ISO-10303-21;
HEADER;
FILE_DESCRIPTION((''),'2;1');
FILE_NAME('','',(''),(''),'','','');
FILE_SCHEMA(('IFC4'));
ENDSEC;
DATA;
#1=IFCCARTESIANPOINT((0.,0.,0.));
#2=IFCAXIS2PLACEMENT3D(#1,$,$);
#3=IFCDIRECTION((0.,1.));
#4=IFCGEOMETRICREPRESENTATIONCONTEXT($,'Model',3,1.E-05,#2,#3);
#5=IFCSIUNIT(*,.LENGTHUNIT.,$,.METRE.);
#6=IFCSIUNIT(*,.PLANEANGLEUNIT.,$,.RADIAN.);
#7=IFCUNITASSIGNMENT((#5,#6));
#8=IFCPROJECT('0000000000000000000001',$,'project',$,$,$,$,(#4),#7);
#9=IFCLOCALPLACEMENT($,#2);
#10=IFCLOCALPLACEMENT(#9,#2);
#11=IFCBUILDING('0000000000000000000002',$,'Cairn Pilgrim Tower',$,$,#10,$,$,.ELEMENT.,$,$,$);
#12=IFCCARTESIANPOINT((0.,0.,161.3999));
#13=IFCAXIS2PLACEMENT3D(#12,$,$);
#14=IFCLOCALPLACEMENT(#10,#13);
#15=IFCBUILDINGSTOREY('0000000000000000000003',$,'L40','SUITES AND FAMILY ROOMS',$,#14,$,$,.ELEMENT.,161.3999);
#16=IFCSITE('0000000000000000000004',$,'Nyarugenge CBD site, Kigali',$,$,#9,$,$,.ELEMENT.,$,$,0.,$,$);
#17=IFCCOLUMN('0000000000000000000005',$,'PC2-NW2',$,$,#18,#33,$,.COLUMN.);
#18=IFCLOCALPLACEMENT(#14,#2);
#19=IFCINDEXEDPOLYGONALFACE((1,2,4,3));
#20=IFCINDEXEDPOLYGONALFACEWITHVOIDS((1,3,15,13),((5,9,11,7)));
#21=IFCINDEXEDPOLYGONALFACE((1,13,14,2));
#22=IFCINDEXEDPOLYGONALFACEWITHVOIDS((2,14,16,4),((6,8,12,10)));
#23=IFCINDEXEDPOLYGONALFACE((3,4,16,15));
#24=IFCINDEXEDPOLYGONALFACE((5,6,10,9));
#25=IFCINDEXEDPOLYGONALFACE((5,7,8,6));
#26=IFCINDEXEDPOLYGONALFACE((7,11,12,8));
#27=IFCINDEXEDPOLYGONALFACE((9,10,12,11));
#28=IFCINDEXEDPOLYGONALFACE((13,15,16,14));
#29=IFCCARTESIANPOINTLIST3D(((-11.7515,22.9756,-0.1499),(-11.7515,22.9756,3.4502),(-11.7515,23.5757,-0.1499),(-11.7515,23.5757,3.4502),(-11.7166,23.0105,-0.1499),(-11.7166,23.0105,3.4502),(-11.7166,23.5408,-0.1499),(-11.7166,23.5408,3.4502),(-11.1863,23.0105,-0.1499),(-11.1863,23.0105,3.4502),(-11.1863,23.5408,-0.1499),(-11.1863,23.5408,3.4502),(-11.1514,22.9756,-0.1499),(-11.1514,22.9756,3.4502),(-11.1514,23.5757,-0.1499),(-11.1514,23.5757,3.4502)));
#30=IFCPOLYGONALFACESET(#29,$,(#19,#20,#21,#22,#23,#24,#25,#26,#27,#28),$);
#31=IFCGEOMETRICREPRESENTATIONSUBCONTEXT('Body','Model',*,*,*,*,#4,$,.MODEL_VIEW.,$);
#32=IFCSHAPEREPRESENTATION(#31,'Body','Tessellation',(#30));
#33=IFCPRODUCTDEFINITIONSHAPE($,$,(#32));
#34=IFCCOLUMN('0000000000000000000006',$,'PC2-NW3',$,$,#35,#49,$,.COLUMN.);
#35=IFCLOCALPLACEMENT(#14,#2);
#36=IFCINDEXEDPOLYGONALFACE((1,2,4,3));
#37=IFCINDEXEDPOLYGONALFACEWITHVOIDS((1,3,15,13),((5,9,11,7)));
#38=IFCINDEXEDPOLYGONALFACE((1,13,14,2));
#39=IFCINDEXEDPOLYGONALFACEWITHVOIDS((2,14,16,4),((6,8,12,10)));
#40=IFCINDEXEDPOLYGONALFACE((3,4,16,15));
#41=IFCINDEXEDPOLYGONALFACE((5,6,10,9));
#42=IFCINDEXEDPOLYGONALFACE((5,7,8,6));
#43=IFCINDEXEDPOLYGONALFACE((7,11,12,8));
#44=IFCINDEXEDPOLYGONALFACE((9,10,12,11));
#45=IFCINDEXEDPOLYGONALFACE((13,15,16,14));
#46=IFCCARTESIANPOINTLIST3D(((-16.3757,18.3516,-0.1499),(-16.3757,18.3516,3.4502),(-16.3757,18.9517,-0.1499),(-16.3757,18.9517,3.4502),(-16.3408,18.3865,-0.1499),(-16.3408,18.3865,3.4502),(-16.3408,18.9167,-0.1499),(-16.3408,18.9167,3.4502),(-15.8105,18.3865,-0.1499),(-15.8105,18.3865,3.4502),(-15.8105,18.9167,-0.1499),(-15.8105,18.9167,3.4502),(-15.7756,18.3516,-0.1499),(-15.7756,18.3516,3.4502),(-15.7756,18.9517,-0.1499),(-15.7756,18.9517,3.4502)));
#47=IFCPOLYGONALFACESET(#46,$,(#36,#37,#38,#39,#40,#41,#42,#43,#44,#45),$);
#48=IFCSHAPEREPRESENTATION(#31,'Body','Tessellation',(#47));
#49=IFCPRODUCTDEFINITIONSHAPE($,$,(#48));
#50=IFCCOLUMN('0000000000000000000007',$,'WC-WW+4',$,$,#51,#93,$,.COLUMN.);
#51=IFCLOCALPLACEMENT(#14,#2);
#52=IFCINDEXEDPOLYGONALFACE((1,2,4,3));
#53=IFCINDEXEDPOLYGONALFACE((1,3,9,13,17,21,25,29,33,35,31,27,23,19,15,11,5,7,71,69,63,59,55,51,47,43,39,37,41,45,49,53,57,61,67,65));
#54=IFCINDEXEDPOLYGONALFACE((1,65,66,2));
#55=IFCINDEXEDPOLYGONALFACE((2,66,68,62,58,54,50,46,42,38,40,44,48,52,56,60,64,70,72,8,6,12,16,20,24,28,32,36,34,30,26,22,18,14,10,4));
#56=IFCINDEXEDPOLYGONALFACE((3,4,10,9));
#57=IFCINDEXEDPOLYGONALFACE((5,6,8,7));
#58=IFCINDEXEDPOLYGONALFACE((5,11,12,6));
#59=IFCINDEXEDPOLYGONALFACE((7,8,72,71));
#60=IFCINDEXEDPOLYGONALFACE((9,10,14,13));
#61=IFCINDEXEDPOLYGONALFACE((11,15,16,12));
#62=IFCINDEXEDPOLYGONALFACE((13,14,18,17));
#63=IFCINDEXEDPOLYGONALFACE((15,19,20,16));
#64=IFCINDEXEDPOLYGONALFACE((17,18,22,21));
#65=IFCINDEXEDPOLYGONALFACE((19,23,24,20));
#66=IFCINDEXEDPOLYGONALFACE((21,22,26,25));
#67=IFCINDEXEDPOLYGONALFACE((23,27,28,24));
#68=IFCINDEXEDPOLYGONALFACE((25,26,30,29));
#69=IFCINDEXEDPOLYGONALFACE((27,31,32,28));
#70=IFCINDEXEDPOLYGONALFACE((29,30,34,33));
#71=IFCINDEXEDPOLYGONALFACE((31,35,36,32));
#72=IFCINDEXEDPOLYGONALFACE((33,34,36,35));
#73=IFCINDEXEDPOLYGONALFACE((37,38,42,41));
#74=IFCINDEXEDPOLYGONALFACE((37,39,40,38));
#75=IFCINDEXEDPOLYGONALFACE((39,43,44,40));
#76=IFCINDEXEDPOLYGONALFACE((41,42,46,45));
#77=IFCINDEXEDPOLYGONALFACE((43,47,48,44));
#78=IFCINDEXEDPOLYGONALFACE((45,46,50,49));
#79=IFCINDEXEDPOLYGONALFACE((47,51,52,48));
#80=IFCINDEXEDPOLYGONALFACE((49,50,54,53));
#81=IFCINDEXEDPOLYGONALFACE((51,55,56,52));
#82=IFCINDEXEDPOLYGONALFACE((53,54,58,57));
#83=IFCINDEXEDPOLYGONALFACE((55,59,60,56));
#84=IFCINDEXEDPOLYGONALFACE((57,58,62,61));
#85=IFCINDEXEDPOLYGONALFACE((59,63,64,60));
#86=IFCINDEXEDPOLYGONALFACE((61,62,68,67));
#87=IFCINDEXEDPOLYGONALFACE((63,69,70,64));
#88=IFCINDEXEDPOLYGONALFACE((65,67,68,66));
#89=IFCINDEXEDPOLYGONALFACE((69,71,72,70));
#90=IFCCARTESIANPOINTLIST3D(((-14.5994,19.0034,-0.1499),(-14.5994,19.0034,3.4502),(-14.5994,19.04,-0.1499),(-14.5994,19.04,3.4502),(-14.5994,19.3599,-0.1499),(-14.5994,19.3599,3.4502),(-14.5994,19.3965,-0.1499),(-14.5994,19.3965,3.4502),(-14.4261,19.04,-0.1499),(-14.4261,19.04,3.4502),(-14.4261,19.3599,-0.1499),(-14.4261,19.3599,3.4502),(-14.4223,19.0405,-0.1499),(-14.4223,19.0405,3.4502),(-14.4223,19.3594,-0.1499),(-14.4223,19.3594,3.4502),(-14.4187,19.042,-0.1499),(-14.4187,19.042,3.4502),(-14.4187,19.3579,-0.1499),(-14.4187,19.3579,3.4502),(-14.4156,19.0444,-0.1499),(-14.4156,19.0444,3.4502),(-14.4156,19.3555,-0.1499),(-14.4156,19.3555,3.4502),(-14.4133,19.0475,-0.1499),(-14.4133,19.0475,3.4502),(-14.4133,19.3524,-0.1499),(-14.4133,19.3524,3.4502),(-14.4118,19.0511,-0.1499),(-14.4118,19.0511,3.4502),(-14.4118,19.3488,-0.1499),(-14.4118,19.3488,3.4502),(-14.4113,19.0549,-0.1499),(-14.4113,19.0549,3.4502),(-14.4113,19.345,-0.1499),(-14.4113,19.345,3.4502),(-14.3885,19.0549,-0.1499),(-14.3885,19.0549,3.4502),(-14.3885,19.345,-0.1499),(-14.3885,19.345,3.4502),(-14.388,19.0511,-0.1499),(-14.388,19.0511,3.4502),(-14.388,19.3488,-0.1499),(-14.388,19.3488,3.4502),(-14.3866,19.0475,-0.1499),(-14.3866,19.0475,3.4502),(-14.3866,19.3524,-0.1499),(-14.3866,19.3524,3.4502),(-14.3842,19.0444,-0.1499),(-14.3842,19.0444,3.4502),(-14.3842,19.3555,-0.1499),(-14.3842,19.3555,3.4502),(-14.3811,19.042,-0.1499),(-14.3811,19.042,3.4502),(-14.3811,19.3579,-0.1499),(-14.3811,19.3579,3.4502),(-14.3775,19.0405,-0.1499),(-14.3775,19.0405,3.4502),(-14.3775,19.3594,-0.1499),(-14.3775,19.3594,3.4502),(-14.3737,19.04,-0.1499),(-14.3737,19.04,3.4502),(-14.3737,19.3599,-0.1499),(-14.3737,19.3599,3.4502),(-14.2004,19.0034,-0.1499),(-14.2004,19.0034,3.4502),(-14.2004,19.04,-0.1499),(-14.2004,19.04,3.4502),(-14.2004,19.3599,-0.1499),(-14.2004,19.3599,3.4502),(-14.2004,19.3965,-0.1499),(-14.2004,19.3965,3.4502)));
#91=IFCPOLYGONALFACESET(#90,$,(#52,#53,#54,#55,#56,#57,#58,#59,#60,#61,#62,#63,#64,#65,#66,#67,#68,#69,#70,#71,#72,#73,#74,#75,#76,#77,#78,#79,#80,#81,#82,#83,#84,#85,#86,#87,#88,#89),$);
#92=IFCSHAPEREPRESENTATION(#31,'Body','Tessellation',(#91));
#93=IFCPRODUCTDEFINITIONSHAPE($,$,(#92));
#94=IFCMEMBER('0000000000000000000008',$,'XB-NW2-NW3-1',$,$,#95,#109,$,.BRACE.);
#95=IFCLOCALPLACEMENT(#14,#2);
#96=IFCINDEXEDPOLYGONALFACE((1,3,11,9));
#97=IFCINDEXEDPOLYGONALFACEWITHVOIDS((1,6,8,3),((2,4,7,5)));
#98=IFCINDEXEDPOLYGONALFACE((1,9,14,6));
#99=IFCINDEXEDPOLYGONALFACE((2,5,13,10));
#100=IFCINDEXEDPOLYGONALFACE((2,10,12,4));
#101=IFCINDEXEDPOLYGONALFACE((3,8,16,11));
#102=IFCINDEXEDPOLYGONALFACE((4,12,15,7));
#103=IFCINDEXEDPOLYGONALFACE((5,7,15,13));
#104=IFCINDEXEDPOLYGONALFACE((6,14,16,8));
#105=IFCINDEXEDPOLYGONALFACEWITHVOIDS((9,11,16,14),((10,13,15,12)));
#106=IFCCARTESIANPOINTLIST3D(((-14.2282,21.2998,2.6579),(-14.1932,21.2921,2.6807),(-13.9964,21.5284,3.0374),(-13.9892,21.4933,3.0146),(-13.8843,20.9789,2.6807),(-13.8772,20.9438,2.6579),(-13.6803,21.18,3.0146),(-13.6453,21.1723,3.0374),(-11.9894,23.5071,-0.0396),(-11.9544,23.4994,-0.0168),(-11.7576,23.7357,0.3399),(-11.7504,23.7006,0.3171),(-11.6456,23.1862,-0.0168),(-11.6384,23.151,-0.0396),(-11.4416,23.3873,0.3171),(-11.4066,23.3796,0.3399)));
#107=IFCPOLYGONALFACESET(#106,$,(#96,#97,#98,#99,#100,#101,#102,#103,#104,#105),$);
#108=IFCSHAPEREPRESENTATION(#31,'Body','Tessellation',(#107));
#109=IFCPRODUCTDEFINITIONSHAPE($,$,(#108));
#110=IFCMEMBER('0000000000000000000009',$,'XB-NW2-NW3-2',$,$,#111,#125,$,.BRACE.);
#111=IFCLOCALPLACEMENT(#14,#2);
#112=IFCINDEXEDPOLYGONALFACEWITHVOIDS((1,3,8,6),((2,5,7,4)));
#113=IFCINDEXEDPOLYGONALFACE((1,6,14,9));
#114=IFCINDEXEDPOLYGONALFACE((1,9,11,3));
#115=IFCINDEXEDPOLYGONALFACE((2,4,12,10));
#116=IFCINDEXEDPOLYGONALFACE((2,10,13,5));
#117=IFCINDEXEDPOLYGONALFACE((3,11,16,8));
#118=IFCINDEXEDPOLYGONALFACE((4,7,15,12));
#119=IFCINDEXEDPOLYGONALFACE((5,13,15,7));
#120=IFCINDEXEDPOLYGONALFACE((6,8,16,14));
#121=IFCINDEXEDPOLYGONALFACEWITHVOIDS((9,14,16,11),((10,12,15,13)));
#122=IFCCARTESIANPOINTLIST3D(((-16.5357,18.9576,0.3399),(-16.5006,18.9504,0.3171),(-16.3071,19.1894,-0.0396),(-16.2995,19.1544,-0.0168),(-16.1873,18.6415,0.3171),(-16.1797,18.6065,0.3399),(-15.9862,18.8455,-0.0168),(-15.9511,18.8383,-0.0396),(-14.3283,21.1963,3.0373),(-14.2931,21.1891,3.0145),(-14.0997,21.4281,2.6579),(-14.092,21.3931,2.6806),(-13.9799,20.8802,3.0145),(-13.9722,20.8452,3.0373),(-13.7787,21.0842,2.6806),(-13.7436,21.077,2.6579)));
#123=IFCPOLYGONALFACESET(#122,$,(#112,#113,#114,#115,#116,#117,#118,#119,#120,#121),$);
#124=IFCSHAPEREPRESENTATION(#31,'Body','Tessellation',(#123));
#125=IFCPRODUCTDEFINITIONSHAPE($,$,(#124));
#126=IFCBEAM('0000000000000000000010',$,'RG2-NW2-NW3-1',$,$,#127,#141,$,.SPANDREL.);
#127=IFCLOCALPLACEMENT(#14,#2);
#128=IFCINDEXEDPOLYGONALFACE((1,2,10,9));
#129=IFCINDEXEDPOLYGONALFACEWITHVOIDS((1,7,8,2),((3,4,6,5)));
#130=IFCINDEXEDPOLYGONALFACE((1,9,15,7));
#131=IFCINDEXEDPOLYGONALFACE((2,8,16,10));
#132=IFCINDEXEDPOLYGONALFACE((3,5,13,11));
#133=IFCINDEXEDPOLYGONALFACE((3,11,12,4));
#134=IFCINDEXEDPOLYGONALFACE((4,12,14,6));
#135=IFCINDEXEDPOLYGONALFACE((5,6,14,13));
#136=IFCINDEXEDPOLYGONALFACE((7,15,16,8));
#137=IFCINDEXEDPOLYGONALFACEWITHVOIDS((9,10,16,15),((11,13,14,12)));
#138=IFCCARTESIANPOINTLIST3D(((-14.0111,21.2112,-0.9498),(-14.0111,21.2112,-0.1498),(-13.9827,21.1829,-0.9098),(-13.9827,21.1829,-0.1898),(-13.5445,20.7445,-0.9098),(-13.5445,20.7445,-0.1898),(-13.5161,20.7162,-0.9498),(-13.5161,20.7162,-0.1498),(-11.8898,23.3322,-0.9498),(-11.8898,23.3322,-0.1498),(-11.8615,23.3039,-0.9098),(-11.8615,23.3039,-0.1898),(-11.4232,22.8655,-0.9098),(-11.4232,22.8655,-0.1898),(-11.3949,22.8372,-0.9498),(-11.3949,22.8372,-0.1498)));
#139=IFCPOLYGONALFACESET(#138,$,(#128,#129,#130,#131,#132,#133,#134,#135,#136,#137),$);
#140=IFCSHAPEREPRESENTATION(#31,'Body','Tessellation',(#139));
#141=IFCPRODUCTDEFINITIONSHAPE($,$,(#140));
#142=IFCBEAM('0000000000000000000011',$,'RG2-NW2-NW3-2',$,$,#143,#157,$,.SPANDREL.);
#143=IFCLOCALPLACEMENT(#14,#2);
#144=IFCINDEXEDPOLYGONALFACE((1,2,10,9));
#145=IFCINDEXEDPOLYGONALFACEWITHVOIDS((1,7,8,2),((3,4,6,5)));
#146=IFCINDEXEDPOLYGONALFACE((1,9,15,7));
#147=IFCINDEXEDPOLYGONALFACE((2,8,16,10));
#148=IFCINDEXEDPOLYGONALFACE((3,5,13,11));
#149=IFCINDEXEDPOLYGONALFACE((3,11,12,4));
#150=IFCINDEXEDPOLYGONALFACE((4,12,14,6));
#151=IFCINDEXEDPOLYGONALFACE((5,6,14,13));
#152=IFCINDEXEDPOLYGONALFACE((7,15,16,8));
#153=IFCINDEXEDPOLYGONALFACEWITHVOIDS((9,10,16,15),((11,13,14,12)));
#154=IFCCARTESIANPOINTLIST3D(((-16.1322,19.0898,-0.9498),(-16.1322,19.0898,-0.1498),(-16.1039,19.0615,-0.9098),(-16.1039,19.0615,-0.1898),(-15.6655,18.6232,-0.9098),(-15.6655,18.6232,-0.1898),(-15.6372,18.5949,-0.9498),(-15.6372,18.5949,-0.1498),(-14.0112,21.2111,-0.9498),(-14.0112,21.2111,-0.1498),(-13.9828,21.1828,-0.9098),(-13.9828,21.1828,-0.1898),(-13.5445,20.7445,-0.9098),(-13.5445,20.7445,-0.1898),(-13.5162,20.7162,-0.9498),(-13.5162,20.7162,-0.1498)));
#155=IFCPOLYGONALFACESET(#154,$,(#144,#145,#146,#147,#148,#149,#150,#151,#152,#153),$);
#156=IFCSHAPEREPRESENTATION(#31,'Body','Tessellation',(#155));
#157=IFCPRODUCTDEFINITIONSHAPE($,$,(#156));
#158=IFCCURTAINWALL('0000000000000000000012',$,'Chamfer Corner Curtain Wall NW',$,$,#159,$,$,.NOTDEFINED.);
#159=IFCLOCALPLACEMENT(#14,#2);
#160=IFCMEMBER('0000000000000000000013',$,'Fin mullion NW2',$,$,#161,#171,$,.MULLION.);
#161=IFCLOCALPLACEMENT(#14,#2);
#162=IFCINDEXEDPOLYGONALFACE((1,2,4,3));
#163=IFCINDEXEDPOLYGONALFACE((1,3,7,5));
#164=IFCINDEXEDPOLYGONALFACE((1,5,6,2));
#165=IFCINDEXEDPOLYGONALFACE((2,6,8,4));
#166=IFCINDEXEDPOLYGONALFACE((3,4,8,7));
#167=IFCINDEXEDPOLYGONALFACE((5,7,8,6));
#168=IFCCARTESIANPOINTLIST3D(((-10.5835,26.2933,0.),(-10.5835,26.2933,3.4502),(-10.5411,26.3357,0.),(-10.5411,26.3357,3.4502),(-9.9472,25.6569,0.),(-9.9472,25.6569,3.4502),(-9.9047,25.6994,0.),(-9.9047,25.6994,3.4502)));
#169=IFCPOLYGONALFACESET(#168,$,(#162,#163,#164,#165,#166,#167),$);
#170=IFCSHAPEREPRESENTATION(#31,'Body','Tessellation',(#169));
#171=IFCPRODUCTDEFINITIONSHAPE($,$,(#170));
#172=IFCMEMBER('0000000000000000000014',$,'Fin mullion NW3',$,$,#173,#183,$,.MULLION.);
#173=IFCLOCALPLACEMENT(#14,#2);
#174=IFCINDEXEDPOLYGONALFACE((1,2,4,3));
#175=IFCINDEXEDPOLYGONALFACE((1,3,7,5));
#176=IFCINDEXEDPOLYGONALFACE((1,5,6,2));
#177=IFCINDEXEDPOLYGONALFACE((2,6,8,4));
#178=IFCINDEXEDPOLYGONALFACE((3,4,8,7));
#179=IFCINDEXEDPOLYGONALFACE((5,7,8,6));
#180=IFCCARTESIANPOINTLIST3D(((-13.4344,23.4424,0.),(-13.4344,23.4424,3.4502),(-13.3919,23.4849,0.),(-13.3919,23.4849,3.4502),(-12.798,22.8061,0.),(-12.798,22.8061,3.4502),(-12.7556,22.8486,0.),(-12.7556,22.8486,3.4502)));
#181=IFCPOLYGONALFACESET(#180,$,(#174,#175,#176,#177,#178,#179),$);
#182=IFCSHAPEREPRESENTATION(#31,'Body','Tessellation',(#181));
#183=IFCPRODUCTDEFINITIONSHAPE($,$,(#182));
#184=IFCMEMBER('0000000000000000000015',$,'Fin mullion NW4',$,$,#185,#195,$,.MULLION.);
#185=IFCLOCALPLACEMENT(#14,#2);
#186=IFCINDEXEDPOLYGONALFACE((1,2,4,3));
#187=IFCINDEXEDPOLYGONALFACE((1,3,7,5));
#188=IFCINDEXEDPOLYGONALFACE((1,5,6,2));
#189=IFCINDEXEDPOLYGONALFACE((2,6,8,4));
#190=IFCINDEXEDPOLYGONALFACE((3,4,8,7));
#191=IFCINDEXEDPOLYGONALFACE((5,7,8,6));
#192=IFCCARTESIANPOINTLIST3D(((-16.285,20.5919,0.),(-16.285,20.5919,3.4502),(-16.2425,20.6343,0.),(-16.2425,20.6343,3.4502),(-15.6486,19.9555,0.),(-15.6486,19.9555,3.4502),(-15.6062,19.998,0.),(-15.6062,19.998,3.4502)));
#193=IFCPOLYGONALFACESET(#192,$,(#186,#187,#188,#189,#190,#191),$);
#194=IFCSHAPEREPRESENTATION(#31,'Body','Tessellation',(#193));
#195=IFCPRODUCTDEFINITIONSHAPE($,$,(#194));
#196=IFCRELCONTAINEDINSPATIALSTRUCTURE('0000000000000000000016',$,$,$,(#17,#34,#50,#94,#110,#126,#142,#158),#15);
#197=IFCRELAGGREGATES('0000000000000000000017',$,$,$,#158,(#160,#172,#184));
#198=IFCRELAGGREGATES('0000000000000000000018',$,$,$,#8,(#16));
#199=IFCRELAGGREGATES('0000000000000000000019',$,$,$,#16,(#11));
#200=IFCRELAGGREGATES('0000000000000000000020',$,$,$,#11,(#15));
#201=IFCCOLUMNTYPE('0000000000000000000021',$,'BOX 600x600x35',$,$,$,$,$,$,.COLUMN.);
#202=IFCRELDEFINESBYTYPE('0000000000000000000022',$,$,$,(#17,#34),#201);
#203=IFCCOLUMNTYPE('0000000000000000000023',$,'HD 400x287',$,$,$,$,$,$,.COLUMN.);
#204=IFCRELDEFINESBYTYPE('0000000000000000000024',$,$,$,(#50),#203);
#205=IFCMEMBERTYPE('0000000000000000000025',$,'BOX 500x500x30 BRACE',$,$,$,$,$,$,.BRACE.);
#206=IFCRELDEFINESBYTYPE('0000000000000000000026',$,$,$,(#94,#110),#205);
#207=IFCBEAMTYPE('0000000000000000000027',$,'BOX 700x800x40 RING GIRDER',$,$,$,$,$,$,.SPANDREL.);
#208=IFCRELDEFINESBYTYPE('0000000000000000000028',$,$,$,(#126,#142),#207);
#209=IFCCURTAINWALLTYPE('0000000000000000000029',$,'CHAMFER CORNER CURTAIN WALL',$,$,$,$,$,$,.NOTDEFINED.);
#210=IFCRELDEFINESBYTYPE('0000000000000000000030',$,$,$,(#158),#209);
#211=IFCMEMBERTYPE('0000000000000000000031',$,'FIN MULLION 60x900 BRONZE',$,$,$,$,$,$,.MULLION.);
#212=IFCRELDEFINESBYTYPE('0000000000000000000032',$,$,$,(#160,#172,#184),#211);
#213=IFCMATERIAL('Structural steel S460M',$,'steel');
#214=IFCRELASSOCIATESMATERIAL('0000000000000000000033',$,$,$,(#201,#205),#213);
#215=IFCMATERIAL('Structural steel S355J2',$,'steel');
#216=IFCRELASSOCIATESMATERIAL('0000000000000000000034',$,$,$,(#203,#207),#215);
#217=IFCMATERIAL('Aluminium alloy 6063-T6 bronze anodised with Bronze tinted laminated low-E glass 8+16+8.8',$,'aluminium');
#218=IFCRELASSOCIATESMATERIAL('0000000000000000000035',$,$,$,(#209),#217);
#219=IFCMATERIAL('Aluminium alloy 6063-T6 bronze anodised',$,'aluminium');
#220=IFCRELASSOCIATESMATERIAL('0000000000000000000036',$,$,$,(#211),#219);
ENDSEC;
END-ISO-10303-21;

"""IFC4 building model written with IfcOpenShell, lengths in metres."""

from ifc_helpers import new_model, si_unit, direction, frame, origin, origin_2d, place, context, subcontext, project, spatial, rectangle, hollow_rectangle, i_section, extrude, material, material_profile, profile_set, type_object, element, aggregate, save


model = new_model("IFC4")

# Units and contexts
model_context = context("Model", 3, precision=1e-05, world=origin(), true_north=direction((0.0, 1.0)))
body_context = subcontext(model_context, "Body", "Model", "MODEL_VIEW")
ifc_project = project(units=[si_unit("LENGTHUNIT", "METRE"), si_unit("PLANEANGLEUNIT", "RADIAN")], contexts=[model_context])

# Site, building, storey
site_placement = place(None, origin())
site = spatial("IfcSite", under=ifc_project, at=site_placement, Name="Nyarugenge CBD site, Kigali", CompositionType="ELEMENT", RefElevation=0.0)
building_placement = place(site_placement, origin())
building = spatial("IfcBuilding", under=site, at=building_placement, Name="Cairn Pilgrim Tower", CompositionType="ELEMENT")
storey_placement = place(building_placement, frame((0.0, 0.0, 161.3999)))
storey = spatial("IfcBuildingStorey", under=building, at=storey_placement, Name="L40", Description="SUITES AND FAMILY ROOMS", CompositionType="ELEMENT", Elevation=161.3999)

# Columns
ifc_material_1 = material(Name="Structural steel S460M", Category="steel")
ifc_material_profile_1 = material_profile(ifc_material_1, hollow_rectangle(XDim=0.6001, YDim=0.6001, WallThickness=0.0349, at=origin_2d()), Name="BOX 600x600x35")
ifc_profile_set_1 = profile_set([ifc_material_profile_1], Name="Structural steel S460M")
column_type_1 = type_object("IfcColumnType", Name="BOX 600x600x35", PredefinedType="COLUMN", material=ifc_profile_set_1)
for number, where, z_axis, x_axis, name in (
    (1, (-11.4514, 23.2756, -0.1499), (0.0, 0.0, 1.0), (1.0, 0.0, 0.0), "PC2-NW2"),
    (2, (-16.0757, 18.6516, -0.1499), (0.0, 0.0, 1.0), (1.0, 0.0, 0.0), "PC2-NW3"),
):
    element("IfcColumn", number, at=place(storey_placement, frame(where, z_axis=z_axis, x_axis=x_axis)), inside=storey, type_object=column_type_1, Name=name, PredefinedType="COLUMN", context=body_context, shape_type="SweptSolid", body=[
        extrude(hollow_rectangle(XDim=0.6001, YDim=0.6001, WallThickness=0.0349, at=origin_2d()), origin(), (0.0, 0.0, 1.0), 3.6001),
    ])
ifc_material_2 = material(Name="Structural steel S355J2", Category="steel")
ifc_material_profile_2 = material_profile(ifc_material_2, i_section(OverallWidth=0.3989, OverallDepth=0.3931, WebThickness=0.0227, FlangeThickness=0.0366, FilletRadius=0.0149, at=origin_2d()), Name="HD 400x287")
ifc_profile_set_2 = profile_set([ifc_material_profile_2], Name="Structural steel S355J2")
column_type_2 = type_object("IfcColumnType", Name="HD 400x287", PredefinedType="COLUMN", material=ifc_profile_set_2)
column_placement = place(storey_placement, frame((-14.3999, 19.2, -0.1499), z_axis=(0.0, 0.0, 1.0), x_axis=(1.0, 0.0, 0.0)))
element("IfcColumn", 3, at=column_placement, inside=storey, type_object=column_type_2, Name="WC-WW+4", PredefinedType="COLUMN", context=body_context, shape_type="SweptSolid", body=[
    extrude(i_section(OverallWidth=0.3989, OverallDepth=0.3931, WebThickness=0.0227, FlangeThickness=0.0366, FilletRadius=0.0149, at=origin_2d()), origin(), (0.0, 0.0, 1.0), 3.6001),
])

# Members
ifc_material_profile_3 = material_profile(ifc_material_1, hollow_rectangle(XDim=0.5, YDim=0.5, WallThickness=0.03, at=origin_2d()), Name="BOX 500x500x30")
ifc_profile_set_3 = profile_set([ifc_material_profile_3], Name="Structural steel S460M")
member_type_1 = type_object("IfcMemberType", Name="BOX 500x500x30 BRACE", PredefinedType="BRACE", material=ifc_profile_set_3)
for number, where, z_axis, x_axis, name in (
    (4, (-11.698, 23.4434, 0.1501), (-0.540433, -0.53283, 0.651171), (0.70208, -0.712098, 0.0), "XB-NW2-NW3-1"),
    (5, (-16.2434, 18.8979, 0.1501), (0.532872, 0.540416, 0.651151), (-0.712059, 0.70212, 0.0), "XB-NW2-NW3-2"),
):
    element("IfcMember", number, at=place(storey_placement, frame(where, z_axis=z_axis, x_axis=x_axis)), inside=storey, type_object=member_type_1, Name=name, PredefinedType="BRACE", context=body_context, shape_type="SweptSolid", body=[
        extrude(hollow_rectangle(XDim=0.5, YDim=0.5, WallThickness=0.03, at=origin_2d()), origin(), (0.0, 0.0, 1.0), 4.1426),
    ])

# Beams
ifc_material_profile_4 = material_profile(ifc_material_2, hollow_rectangle(XDim=0.7, YDim=0.8, WallThickness=0.04, at=origin_2d()), Name="BOX 700x800x40")
ifc_profile_set_4 = profile_set([ifc_material_profile_4], Name="Structural steel S355J2")
beam_type_1 = type_object("IfcBeamType", Name="BOX 700x800x40 RING GIRDER", PredefinedType="SPANDREL", material=ifc_profile_set_4)
for number, where, z_axis, x_axis, name in (
    (6, (-11.6423, 23.0847, -0.5498), (-0.707147, -0.707066, 0.0), (0.707066, -0.707147, 0.0), "RG2-NW2-NW3-1"),
    (7, (-13.7637, 20.9636, -0.5498), (-0.707066, -0.707147, 0.0), (0.707147, -0.707066, 0.0), "RG2-NW2-NW3-2"),
):
    element("IfcBeam", number, at=place(storey_placement, frame(where, z_axis=z_axis, x_axis=x_axis)), inside=storey, type_object=beam_type_1, Name=name, PredefinedType="SPANDREL", context=body_context, shape_type="SweptSolid", body=[
        extrude(hollow_rectangle(XDim=0.7, YDim=0.8, WallThickness=0.04, at=origin_2d()), origin(), (0.0, 0.0, 1.0), 2.9998),
    ])

# Curtain wall, members
ifc_material_3 = material(Name="Aluminium alloy 6063-T6 bronze anodised with Bronze tinted laminated low-E glass 8+16+8.8", Category="aluminium")
curtain_wall_type = type_object("IfcCurtainWallType", Name="CHAMFER CORNER CURTAIN WALL", PredefinedType="NOTDEFINED", material=ifc_material_3)
curtain_wall_placement = place(storey_placement, origin())
curtain_wall = element("IfcCurtainWall", 8, at=curtain_wall_placement, inside=storey, type_object=curtain_wall_type, Name="Chamfer Corner Curtain Wall NW", PredefinedType="NOTDEFINED")
ifc_material_4 = material(Name="Aluminium alloy 6063-T6 bronze anodised", Category="aluminium")
ifc_material_profile_5 = material_profile(ifc_material_4, rectangle(XDim=0.8999, YDim=0.0601, at=origin_2d()), Name="FIN MULLION 60x900 BRONZE")
ifc_profile_set_5 = profile_set([ifc_material_profile_5], Name="Aluminium alloy 6063-T6 bronze anodised")
member_type_2 = type_object("IfcMemberType", Name="FIN MULLION 60x900 BRONZE", PredefinedType="MULLION", material=ifc_profile_set_5)
member_1_placement = place(storey_placement, frame((-10.2441, 25.9963, 0.0), z_axis=(0.0, 0.0, 1.0), x_axis=(-0.707107, 0.707107, 0.0)))
member_1 = element("IfcMember", 9, at=member_1_placement, type_object=member_type_2, Name="Fin mullion NW2", PredefinedType="MULLION", context=body_context, shape_type="SweptSolid", body=[
    extrude(rectangle(XDim=0.8999, YDim=0.0601, at=origin_2d()), origin(), (0.0, 0.0, 1.0), 3.4502),
])
member_2_placement = place(storey_placement, frame((-13.095, 23.1455, 0.0), z_axis=(0.0, 0.0, 1.0), x_axis=(-0.707107, 0.707107, 0.0)))
member_2 = element("IfcMember", 10, at=member_2_placement, type_object=member_type_2, Name="Fin mullion NW3", PredefinedType="MULLION", context=body_context, shape_type="SweptSolid", body=[
    extrude(rectangle(XDim=0.8999, YDim=0.0601, at=origin_2d()), origin(), (0.0, 0.0, 1.0), 3.4502),
])
member_3_placement = place(storey_placement, frame((-15.9456, 20.2949, 0.0), z_axis=(0.0, 0.0, 1.0), x_axis=(-0.707107, 0.707107, 0.0)))
member_3 = element("IfcMember", 11, at=member_3_placement, type_object=member_type_2, Name="Fin mullion NW4", PredefinedType="MULLION", context=body_context, shape_type="SweptSolid", body=[
    extrude(rectangle(XDim=0.8999, YDim=0.0601, at=origin_2d()), origin(), (0.0, 0.0, 1.0), 3.4502),
])

aggregate(curtain_wall, [member_1, member_2, member_3])

save(model, "model.ifc")
